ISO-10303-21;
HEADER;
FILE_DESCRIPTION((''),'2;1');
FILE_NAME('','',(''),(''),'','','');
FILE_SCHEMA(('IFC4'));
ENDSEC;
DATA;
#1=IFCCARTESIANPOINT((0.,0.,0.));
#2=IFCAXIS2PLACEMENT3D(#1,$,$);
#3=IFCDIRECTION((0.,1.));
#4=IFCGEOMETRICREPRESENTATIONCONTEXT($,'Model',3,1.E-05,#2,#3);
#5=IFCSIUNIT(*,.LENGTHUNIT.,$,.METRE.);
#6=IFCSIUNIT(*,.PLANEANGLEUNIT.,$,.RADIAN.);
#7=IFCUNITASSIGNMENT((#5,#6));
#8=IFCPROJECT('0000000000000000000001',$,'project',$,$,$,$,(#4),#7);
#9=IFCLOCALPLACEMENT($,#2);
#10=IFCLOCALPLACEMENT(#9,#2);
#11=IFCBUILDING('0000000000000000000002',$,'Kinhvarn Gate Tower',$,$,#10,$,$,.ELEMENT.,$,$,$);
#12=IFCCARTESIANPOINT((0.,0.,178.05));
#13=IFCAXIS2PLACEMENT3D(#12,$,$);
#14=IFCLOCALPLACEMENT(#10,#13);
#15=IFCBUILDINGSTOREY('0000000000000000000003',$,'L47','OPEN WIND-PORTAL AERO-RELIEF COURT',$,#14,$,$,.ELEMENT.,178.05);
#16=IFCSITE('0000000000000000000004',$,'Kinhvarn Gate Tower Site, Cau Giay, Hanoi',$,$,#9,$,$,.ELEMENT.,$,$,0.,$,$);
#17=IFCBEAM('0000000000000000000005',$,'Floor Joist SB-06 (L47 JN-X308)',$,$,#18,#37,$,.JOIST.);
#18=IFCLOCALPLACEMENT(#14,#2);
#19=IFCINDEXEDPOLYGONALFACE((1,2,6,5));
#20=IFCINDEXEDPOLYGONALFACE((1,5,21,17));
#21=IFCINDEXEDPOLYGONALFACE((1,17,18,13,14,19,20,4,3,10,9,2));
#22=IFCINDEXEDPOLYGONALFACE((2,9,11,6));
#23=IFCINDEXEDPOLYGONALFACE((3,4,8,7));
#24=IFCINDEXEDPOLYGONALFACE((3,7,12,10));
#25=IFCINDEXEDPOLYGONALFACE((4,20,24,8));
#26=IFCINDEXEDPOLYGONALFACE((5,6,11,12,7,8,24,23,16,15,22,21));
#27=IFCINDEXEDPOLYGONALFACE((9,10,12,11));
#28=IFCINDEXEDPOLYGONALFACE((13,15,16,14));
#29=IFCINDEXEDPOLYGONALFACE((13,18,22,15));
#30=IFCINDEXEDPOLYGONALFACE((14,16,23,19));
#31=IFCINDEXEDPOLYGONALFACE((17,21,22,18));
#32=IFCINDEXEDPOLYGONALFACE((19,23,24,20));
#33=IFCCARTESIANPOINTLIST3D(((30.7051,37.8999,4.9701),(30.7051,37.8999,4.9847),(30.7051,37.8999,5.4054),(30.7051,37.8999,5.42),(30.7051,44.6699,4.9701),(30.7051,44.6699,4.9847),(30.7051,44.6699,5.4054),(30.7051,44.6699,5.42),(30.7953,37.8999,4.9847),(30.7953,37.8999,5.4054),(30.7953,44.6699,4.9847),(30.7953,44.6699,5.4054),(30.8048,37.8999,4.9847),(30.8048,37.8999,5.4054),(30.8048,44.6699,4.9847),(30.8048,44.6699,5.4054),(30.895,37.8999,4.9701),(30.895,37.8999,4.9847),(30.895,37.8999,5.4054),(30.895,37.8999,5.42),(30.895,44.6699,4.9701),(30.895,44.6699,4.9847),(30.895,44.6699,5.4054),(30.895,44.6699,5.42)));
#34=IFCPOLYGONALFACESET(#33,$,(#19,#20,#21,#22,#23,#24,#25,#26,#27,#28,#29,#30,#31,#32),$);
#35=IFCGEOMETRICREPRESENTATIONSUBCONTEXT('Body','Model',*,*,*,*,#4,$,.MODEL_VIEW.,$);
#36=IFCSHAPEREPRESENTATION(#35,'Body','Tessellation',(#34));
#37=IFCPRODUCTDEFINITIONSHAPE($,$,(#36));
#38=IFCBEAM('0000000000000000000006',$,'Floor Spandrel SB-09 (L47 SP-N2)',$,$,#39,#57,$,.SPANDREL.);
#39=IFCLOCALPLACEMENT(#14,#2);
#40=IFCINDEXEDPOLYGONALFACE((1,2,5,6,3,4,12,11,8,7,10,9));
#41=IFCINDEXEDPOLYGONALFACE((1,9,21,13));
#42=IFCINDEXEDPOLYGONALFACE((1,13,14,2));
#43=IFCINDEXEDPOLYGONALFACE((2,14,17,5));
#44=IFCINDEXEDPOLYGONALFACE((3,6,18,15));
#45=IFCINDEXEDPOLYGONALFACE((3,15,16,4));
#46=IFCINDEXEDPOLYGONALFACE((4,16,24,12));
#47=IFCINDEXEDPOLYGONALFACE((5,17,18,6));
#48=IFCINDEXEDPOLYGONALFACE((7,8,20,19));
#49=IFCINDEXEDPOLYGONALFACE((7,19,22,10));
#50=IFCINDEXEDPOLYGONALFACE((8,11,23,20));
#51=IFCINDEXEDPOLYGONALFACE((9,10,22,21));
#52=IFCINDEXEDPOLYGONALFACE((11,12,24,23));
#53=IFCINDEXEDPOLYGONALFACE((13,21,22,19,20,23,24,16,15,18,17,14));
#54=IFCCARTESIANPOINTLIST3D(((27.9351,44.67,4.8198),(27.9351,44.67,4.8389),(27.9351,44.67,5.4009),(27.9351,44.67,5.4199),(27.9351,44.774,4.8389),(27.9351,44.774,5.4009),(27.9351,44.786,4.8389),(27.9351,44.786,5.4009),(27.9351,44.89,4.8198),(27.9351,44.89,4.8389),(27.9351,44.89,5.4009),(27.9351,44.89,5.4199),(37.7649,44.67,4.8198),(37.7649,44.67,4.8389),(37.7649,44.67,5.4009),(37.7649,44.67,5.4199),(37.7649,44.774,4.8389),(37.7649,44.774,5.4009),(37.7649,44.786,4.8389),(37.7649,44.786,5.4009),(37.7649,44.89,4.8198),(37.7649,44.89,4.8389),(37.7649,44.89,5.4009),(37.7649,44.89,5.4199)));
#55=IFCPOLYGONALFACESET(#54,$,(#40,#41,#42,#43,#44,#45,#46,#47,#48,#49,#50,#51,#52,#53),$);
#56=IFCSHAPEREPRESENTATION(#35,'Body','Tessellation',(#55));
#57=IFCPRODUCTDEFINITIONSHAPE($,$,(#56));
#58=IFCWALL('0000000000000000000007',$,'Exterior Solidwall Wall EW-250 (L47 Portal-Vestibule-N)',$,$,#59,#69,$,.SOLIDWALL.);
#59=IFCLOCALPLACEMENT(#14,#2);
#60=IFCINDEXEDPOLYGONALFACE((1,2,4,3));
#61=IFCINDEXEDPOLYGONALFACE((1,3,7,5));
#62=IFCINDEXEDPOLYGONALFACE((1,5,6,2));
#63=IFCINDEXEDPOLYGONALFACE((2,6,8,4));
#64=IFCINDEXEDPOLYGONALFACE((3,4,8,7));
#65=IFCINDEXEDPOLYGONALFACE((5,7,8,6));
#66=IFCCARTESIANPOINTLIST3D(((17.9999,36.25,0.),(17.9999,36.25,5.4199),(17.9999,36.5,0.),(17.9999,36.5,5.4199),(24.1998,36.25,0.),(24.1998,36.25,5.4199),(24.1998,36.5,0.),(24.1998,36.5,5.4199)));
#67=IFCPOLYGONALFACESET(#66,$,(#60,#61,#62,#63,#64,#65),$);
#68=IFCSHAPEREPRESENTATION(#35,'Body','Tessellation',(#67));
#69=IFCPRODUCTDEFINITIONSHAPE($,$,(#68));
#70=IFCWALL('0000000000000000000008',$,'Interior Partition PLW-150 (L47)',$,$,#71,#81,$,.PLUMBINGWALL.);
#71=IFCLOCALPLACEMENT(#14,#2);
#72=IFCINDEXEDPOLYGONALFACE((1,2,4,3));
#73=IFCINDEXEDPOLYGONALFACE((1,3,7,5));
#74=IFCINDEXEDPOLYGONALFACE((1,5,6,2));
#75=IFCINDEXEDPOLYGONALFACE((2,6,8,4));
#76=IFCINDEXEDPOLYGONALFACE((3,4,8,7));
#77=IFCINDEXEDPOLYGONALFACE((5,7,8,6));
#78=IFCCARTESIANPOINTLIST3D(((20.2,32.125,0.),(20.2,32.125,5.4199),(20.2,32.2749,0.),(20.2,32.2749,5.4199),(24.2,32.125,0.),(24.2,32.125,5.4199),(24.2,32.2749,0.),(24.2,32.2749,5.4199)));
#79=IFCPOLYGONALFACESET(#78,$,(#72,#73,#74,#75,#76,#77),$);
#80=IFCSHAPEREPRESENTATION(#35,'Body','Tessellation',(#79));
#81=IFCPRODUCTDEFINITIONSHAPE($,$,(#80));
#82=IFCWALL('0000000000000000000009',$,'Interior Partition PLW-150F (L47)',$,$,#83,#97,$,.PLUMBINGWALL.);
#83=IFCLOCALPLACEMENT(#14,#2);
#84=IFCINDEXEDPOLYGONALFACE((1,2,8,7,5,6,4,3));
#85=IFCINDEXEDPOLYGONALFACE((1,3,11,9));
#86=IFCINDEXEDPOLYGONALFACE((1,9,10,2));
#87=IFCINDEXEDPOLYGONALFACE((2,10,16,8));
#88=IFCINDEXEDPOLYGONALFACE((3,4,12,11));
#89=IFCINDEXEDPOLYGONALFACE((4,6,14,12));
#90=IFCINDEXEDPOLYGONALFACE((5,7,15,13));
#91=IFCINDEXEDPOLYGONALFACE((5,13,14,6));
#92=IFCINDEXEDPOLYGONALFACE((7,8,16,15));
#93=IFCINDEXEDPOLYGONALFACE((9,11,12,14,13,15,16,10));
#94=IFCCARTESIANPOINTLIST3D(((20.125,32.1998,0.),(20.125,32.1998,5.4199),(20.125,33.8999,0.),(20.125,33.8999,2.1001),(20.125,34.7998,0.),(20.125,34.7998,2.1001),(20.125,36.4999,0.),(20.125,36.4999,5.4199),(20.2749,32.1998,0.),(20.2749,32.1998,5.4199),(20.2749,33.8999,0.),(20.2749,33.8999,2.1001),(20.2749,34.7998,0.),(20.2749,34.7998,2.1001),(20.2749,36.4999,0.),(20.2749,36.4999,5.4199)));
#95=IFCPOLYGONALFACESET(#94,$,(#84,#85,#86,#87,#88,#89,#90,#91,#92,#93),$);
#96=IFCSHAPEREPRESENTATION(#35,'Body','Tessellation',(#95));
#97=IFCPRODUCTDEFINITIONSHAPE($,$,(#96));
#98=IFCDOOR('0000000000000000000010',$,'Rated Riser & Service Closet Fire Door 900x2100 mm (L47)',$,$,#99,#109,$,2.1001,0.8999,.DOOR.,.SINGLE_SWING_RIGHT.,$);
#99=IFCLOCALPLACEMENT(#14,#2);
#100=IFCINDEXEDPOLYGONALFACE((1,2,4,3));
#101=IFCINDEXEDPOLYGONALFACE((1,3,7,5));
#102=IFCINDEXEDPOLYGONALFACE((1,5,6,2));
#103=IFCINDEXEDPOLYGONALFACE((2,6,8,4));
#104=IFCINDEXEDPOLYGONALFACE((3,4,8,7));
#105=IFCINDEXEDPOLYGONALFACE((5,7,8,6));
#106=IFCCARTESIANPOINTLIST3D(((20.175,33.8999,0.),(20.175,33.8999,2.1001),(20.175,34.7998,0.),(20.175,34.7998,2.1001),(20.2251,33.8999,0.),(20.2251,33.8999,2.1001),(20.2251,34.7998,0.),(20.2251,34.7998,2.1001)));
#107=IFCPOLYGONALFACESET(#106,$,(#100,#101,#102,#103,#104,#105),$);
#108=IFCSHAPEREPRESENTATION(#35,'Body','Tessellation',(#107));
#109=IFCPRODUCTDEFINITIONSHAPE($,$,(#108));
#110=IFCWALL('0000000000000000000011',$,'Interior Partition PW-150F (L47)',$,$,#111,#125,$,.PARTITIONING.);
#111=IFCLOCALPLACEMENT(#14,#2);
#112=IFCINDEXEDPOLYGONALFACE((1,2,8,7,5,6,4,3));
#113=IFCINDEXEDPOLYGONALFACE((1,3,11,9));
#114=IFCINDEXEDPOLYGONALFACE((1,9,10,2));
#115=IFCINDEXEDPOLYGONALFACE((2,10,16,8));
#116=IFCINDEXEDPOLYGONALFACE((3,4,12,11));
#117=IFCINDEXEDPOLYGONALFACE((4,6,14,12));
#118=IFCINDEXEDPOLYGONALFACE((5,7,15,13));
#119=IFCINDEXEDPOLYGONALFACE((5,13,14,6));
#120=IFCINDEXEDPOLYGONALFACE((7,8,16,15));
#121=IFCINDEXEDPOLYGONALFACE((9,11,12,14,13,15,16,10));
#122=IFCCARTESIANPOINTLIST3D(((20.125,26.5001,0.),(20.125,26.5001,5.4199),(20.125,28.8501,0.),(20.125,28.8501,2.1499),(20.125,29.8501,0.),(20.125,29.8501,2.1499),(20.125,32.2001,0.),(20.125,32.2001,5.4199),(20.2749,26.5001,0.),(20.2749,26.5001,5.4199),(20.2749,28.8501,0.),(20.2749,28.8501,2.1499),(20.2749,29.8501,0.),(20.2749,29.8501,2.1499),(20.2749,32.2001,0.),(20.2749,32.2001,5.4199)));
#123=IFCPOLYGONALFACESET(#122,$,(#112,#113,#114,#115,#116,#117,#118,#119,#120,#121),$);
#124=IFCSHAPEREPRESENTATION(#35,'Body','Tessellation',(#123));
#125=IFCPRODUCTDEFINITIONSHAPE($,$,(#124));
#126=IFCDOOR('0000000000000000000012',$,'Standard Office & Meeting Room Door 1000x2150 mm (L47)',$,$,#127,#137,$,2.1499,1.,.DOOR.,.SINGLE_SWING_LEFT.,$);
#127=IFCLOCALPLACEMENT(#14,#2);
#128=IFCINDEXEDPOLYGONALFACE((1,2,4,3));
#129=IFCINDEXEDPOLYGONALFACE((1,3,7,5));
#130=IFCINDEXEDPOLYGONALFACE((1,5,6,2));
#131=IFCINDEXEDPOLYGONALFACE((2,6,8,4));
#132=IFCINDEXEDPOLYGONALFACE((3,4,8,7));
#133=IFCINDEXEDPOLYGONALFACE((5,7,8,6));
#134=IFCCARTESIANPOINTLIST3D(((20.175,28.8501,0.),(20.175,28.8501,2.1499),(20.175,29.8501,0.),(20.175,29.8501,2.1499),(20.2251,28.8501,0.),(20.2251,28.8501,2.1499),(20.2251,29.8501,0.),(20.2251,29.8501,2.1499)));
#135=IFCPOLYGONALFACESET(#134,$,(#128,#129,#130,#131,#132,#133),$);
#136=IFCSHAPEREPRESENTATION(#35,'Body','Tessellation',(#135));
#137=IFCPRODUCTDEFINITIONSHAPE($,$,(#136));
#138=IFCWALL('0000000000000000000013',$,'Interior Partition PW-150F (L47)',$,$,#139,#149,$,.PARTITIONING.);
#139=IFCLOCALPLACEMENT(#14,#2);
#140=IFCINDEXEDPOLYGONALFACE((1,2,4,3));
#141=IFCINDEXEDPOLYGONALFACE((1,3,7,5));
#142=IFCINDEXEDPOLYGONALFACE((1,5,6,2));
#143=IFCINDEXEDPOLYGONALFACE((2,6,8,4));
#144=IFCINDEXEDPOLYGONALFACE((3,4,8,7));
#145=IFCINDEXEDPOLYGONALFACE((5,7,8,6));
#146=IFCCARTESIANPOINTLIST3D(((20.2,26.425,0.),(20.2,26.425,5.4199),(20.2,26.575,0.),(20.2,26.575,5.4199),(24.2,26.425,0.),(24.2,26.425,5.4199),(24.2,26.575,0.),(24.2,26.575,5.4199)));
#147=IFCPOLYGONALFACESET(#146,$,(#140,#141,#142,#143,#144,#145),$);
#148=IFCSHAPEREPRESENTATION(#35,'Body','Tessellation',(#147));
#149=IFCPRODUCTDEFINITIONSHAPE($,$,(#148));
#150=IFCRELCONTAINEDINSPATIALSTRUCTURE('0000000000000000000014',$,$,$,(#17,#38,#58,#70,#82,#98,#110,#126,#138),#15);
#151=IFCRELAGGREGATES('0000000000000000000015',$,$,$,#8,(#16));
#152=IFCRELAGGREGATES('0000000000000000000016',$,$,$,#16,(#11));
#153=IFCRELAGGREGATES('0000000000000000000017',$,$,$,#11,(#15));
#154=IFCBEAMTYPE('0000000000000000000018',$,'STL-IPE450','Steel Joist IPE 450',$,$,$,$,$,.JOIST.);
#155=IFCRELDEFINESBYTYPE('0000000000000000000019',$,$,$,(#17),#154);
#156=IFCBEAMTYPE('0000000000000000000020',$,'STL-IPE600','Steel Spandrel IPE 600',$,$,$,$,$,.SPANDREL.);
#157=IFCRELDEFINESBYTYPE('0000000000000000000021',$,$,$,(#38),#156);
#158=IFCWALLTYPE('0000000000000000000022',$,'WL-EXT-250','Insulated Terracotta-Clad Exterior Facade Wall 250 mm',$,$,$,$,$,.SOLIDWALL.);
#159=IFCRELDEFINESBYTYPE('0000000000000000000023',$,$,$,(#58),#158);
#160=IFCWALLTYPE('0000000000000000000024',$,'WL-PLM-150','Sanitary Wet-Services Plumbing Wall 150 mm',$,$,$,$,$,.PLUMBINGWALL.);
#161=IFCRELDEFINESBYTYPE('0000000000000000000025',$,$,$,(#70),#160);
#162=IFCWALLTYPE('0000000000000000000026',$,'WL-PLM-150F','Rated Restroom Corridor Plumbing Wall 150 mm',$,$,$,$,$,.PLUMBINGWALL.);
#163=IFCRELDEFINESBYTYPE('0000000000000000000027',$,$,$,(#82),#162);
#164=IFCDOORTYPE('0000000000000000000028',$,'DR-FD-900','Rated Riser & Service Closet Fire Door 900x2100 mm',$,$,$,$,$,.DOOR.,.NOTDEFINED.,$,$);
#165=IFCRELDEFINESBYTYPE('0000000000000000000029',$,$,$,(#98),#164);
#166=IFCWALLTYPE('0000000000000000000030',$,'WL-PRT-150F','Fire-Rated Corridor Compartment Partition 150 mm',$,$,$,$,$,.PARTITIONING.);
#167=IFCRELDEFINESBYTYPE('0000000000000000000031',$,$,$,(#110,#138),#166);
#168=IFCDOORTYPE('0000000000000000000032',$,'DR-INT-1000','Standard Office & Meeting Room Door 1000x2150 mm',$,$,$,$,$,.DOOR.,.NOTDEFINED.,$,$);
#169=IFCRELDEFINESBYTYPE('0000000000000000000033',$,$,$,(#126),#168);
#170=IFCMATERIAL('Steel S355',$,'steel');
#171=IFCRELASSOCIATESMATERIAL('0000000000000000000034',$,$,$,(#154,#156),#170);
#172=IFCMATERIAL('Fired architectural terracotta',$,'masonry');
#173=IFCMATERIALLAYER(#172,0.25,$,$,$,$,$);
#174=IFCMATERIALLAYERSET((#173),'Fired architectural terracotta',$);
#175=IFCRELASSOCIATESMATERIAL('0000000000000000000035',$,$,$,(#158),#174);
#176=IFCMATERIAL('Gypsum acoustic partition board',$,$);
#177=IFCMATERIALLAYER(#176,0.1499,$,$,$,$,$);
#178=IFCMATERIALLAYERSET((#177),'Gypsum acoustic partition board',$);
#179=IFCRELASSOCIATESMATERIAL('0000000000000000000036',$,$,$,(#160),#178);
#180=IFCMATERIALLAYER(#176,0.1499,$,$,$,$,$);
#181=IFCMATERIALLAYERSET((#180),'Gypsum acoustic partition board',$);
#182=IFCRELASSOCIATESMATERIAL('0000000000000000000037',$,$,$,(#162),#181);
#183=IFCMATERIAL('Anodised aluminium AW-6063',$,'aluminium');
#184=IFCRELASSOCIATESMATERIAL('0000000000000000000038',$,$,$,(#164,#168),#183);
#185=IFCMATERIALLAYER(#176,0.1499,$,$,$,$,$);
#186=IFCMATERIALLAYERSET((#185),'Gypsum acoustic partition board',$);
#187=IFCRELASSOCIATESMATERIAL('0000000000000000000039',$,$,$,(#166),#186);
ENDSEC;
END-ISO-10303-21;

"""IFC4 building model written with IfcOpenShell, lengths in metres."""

from ifc_helpers import new_model, si_unit, direction, frame, frame_2d, origin, origin_2d, place, context, subcontext, project, spatial, rectangle, i_section, extrude, material, layer, layer_set, material_profile, profile_set, type_object, element, fill, save


model = new_model("IFC4")

# Units and contexts
model_context = context("Model", 3, precision=1e-05, world=origin(), true_north=direction((0.0, 1.0)))
body_context = subcontext(model_context, "Body", "Model", "MODEL_VIEW")
ifc_project = project(units=[si_unit("LENGTHUNIT", "METRE"), si_unit("PLANEANGLEUNIT", "RADIAN")], contexts=[model_context])

# Site, building, storey
site_placement = place(None, origin())
site = spatial("IfcSite", under=ifc_project, at=site_placement, Name="Kinhvarn Gate Tower Site, Cau Giay, Hanoi", CompositionType="ELEMENT", RefElevation=0.0)
building_placement = place(site_placement, origin())
building = spatial("IfcBuilding", under=site, at=building_placement, Name="Kinhvarn Gate Tower", CompositionType="ELEMENT")
storey_placement = place(building_placement, frame((0.0, 0.0, 178.05)))
storey = spatial("IfcBuildingStorey", under=building, at=storey_placement, Name="L47", Description="OPEN WIND-PORTAL AERO-RELIEF COURT", CompositionType="ELEMENT", Elevation=178.05)

# Beams
ifc_material_1 = material(Name="Steel S355", Category="steel")
ifc_material_profile_1 = material_profile(ifc_material_1, i_section(OverallWidth=0.1899, OverallDepth=0.45, WebThickness=0.0095, FlangeThickness=0.0146, at=origin_2d()), Name="IPE 450")
ifc_profile_set_1 = profile_set([ifc_material_profile_1], Name="Steel S355")
beam_type_1 = type_object("IfcBeamType", Name="STL-IPE450", Description="Steel Joist IPE 450", PredefinedType="JOIST", material=ifc_profile_set_1)
for number, where, z_axis, x_axis, name in (
    (1, (30.8, 37.8999, 5.1951), (0.0, 1.0, 0.0), (-1.0, 0.0, 0.0), "Floor Joist SB-06 (L47 JN-X308)"),
):
    element("IfcBeam", number, at=place(storey_placement, frame(where, z_axis=z_axis, x_axis=x_axis)), inside=storey, type_object=beam_type_1, Name=name, PredefinedType="JOIST", context=body_context, shape_type="SweptSolid", body=[
        extrude(i_section(OverallWidth=0.1899, OverallDepth=0.45, WebThickness=0.0095, FlangeThickness=0.0146, at=origin_2d()), origin(), (0.0, 0.0, 1.0), 6.77),
    ])
ifc_material_profile_2 = material_profile(ifc_material_1, i_section(OverallWidth=0.22, OverallDepth=0.6001, WebThickness=0.012, FlangeThickness=0.019, at=origin_2d()), Name="IPE 600")
ifc_profile_set_2 = profile_set([ifc_material_profile_2], Name="Steel S355")
beam_type_2 = type_object("IfcBeamType", Name="STL-IPE600", Description="Steel Spandrel IPE 600", PredefinedType="SPANDREL", material=ifc_profile_set_2)
beam_1_placement = place(storey_placement, frame((27.9351, 44.78, 5.1199), z_axis=(1.0, 0.0, 0.0), x_axis=(0.0, 1.0, 0.0)))
element("IfcBeam", 2, at=beam_1_placement, inside=storey, type_object=beam_type_2, Name="Floor Spandrel SB-09 (L47 SP-N2)", PredefinedType="SPANDREL", context=body_context, shape_type="SweptSolid", body=[
    extrude(i_section(OverallWidth=0.22, OverallDepth=0.6001, WebThickness=0.012, FlangeThickness=0.019, at=origin_2d()), origin(), (0.0, 0.0, 1.0), 9.8298),
])

# Walls
ifc_material_2 = material(Name="Fired architectural terracotta", Category="masonry")
ifc_layer_1 = layer(ifc_material_2, 0.25)
ifc_layer_set_1 = layer_set([ifc_layer_1], Name="Fired architectural terracotta")
wall_type_1 = type_object("IfcWallType", Name="WL-EXT-250", Description="Insulated Terracotta-Clad Exterior Facade Wall 250 mm", PredefinedType="SOLIDWALL", material=ifc_layer_set_1)
wall_1_placement = place(storey_placement, frame((24.2, 36.375, 0.0), z_axis=(0.0, 0.0, 1.0), x_axis=(-1.0, 0.0, 0.0)))
element("IfcWall", 3, at=wall_1_placement, inside=storey, type_object=wall_type_1, Name="Exterior Solidwall Wall EW-250 (L47 Portal-Vestibule-N)", PredefinedType="SOLIDWALL", context=body_context, shape_type="SweptSolid", body=[
    extrude(rectangle(XDim=6.2, YDim=0.25, at=frame_2d((3.1001, 0.0))), origin(), (0.0, 0.0, 1.0), 5.4199),
])
ifc_material_3 = material(Name="Gypsum acoustic partition board")
ifc_layer_2 = layer(ifc_material_3, 0.1499)
ifc_layer_set_2 = layer_set([ifc_layer_2], Name="Gypsum acoustic partition board")
wall_type_2 = type_object("IfcWallType", Name="WL-PLM-150", Description="Sanitary Wet-Services Plumbing Wall 150 mm", PredefinedType="PLUMBINGWALL", material=ifc_layer_set_2)
wall_2_placement = place(storey_placement, frame((20.2, 32.2, 0.0), z_axis=(0.0, 0.0, 1.0), x_axis=(1.0, 0.0, 0.0)))
element("IfcWall", 4, at=wall_2_placement, inside=storey, type_object=wall_type_2, Name="Interior Partition PLW-150 (L47)", PredefinedType="PLUMBINGWALL", context=body_context, shape_type="SweptSolid", body=[
    extrude(rectangle(XDim=4.0, YDim=0.1499, at=frame_2d((2.0, 0.0))), origin(), (0.0, 0.0, 1.0), 5.4199),
])

# Walls, openings, doors
ifc_layer_3 = layer(ifc_material_3, 0.1499)
ifc_layer_set_3 = layer_set([ifc_layer_3], Name="Gypsum acoustic partition board")
wall_type_3 = type_object("IfcWallType", Name="WL-PLM-150F", Description="Rated Restroom Corridor Plumbing Wall 150 mm", PredefinedType="PLUMBINGWALL", material=ifc_layer_set_3)
wall_3_placement = place(storey_placement, frame((20.2, 32.2, 0.0), z_axis=(0.0, 0.0, 1.0), x_axis=(0.0, 1.0, 0.0)))
wall_3 = element("IfcWall", 5, at=wall_3_placement, inside=storey, type_object=wall_type_3, Name="Interior Partition PLW-150F (L47)", PredefinedType="PLUMBINGWALL", context=body_context, shape_type="SweptSolid", body=[
    extrude(rectangle(XDim=4.3, YDim=0.1499, at=frame_2d((2.1499, 0.0))), origin(), (0.0, 0.0, 1.0), 5.4199),
])
opening_1_placement = place(wall_3_placement, frame((1.7, 0.0, 0.0)))
opening_1 = element("IfcOpeningElement", 6, at=opening_1_placement, cuts=wall_3, PredefinedType="OPENING", context=body_context, shape_type="SweptSolid", body=[
    extrude(rectangle(XDim=0.8999, YDim=2.1001, at=frame_2d((0.45, 1.05))), frame((0.0, 0.085, 0.0), z_axis=(0.0, -1.0, 0.0), x_axis=(1.0, 0.0, 0.0)), (0.0, 0.0, 1.0), 0.1699),
])
ifc_material_4 = material(Name="Anodised aluminium AW-6063", Category="aluminium")
door_type_1 = type_object("IfcDoorType", Name="DR-FD-900", Description="Rated Riser & Service Closet Fire Door 900x2100 mm", OperationType="NOTDEFINED", PredefinedType="DOOR", material=ifc_material_4)
door_1_placement = place(opening_1_placement, origin())
door_1 = element("IfcDoor", 7, at=door_1_placement, inside=storey, type_object=door_type_1, Name="Rated Riser & Service Closet Fire Door 900x2100 mm (L47)", OperationType="SINGLE_SWING_RIGHT", OverallHeight=2.1001, OverallWidth=0.8999, PredefinedType="DOOR", context=body_context, shape_type="SweptSolid", body=[
    extrude(rectangle(XDim=0.8999, YDim=2.1001, at=frame_2d((0.45, 1.05))), frame((0.0, 0.0249, 0.0), z_axis=(0.0, -1.0, 0.0), x_axis=(1.0, 0.0, 0.0)), (0.0, 0.0, 1.0), 0.05),
])
fill(opening_1, door_1)
ifc_layer_4 = layer(ifc_material_3, 0.1499)
ifc_layer_set_4 = layer_set([ifc_layer_4], Name="Gypsum acoustic partition board")
wall_type_4 = type_object("IfcWallType", Name="WL-PRT-150F", Description="Fire-Rated Corridor Compartment Partition 150 mm", PredefinedType="PARTITIONING", material=ifc_layer_set_4)
wall_4_placement = place(storey_placement, frame((20.2, 26.5, 0.0), z_axis=(0.0, 0.0, 1.0), x_axis=(0.0, 1.0, 0.0)))
wall_4 = element("IfcWall", 8, at=wall_4_placement, inside=storey, type_object=wall_type_4, Name="Interior Partition PW-150F (L47)", PredefinedType="PARTITIONING", context=body_context, shape_type="SweptSolid", body=[
    extrude(rectangle(XDim=5.7, YDim=0.1499, at=frame_2d((2.8501, 0.0))), origin(), (0.0, 0.0, 1.0), 5.4199),
])
opening_2_placement = place(wall_4_placement, frame((2.3501, 0.0, 0.0)))
opening_2 = element("IfcOpeningElement", 9, at=opening_2_placement, cuts=wall_4, PredefinedType="OPENING", context=body_context, shape_type="SweptSolid", body=[
    extrude(rectangle(XDim=1.0, YDim=2.1499, at=frame_2d((0.5, 1.075))), frame((0.0, 0.085, 0.0), z_axis=(0.0, -1.0, 0.0), x_axis=(1.0, 0.0, 0.0)), (0.0, 0.0, 1.0), 0.1699),
])
door_type_2 = type_object("IfcDoorType", Name="DR-INT-1000", Description="Standard Office & Meeting Room Door 1000x2150 mm", OperationType="NOTDEFINED", PredefinedType="DOOR", material=ifc_material_4)
door_2_placement = place(opening_2_placement, origin())
door_2 = element("IfcDoor", 10, at=door_2_placement, inside=storey, type_object=door_type_2, Name="Standard Office & Meeting Room Door 1000x2150 mm (L47)", OperationType="SINGLE_SWING_LEFT", OverallHeight=2.1499, OverallWidth=1.0, PredefinedType="DOOR", context=body_context, shape_type="SweptSolid", body=[
    extrude(rectangle(XDim=1.0, YDim=2.1499, at=frame_2d((0.5, 1.075))), frame((0.0, 0.0249, 0.0), z_axis=(0.0, -1.0, 0.0), x_axis=(1.0, 0.0, 0.0)), (0.0, 0.0, 1.0), 0.05),
])
fill(opening_2, door_2)

# Wall
wall_5_placement = place(storey_placement, frame((20.2, 26.5, 0.0), z_axis=(0.0, 0.0, 1.0), x_axis=(1.0, 0.0, 0.0)))
element("IfcWall", 11, at=wall_5_placement, inside=storey, type_object=wall_type_4, Name="Interior Partition PW-150F (L47)", PredefinedType="PARTITIONING", context=body_context, shape_type="SweptSolid", body=[
    extrude(rectangle(XDim=4.0, YDim=0.1499, at=frame_2d((2.0, 0.0))), origin(), (0.0, 0.0, 1.0), 5.4199),
])

save(model, "model.ifc")
